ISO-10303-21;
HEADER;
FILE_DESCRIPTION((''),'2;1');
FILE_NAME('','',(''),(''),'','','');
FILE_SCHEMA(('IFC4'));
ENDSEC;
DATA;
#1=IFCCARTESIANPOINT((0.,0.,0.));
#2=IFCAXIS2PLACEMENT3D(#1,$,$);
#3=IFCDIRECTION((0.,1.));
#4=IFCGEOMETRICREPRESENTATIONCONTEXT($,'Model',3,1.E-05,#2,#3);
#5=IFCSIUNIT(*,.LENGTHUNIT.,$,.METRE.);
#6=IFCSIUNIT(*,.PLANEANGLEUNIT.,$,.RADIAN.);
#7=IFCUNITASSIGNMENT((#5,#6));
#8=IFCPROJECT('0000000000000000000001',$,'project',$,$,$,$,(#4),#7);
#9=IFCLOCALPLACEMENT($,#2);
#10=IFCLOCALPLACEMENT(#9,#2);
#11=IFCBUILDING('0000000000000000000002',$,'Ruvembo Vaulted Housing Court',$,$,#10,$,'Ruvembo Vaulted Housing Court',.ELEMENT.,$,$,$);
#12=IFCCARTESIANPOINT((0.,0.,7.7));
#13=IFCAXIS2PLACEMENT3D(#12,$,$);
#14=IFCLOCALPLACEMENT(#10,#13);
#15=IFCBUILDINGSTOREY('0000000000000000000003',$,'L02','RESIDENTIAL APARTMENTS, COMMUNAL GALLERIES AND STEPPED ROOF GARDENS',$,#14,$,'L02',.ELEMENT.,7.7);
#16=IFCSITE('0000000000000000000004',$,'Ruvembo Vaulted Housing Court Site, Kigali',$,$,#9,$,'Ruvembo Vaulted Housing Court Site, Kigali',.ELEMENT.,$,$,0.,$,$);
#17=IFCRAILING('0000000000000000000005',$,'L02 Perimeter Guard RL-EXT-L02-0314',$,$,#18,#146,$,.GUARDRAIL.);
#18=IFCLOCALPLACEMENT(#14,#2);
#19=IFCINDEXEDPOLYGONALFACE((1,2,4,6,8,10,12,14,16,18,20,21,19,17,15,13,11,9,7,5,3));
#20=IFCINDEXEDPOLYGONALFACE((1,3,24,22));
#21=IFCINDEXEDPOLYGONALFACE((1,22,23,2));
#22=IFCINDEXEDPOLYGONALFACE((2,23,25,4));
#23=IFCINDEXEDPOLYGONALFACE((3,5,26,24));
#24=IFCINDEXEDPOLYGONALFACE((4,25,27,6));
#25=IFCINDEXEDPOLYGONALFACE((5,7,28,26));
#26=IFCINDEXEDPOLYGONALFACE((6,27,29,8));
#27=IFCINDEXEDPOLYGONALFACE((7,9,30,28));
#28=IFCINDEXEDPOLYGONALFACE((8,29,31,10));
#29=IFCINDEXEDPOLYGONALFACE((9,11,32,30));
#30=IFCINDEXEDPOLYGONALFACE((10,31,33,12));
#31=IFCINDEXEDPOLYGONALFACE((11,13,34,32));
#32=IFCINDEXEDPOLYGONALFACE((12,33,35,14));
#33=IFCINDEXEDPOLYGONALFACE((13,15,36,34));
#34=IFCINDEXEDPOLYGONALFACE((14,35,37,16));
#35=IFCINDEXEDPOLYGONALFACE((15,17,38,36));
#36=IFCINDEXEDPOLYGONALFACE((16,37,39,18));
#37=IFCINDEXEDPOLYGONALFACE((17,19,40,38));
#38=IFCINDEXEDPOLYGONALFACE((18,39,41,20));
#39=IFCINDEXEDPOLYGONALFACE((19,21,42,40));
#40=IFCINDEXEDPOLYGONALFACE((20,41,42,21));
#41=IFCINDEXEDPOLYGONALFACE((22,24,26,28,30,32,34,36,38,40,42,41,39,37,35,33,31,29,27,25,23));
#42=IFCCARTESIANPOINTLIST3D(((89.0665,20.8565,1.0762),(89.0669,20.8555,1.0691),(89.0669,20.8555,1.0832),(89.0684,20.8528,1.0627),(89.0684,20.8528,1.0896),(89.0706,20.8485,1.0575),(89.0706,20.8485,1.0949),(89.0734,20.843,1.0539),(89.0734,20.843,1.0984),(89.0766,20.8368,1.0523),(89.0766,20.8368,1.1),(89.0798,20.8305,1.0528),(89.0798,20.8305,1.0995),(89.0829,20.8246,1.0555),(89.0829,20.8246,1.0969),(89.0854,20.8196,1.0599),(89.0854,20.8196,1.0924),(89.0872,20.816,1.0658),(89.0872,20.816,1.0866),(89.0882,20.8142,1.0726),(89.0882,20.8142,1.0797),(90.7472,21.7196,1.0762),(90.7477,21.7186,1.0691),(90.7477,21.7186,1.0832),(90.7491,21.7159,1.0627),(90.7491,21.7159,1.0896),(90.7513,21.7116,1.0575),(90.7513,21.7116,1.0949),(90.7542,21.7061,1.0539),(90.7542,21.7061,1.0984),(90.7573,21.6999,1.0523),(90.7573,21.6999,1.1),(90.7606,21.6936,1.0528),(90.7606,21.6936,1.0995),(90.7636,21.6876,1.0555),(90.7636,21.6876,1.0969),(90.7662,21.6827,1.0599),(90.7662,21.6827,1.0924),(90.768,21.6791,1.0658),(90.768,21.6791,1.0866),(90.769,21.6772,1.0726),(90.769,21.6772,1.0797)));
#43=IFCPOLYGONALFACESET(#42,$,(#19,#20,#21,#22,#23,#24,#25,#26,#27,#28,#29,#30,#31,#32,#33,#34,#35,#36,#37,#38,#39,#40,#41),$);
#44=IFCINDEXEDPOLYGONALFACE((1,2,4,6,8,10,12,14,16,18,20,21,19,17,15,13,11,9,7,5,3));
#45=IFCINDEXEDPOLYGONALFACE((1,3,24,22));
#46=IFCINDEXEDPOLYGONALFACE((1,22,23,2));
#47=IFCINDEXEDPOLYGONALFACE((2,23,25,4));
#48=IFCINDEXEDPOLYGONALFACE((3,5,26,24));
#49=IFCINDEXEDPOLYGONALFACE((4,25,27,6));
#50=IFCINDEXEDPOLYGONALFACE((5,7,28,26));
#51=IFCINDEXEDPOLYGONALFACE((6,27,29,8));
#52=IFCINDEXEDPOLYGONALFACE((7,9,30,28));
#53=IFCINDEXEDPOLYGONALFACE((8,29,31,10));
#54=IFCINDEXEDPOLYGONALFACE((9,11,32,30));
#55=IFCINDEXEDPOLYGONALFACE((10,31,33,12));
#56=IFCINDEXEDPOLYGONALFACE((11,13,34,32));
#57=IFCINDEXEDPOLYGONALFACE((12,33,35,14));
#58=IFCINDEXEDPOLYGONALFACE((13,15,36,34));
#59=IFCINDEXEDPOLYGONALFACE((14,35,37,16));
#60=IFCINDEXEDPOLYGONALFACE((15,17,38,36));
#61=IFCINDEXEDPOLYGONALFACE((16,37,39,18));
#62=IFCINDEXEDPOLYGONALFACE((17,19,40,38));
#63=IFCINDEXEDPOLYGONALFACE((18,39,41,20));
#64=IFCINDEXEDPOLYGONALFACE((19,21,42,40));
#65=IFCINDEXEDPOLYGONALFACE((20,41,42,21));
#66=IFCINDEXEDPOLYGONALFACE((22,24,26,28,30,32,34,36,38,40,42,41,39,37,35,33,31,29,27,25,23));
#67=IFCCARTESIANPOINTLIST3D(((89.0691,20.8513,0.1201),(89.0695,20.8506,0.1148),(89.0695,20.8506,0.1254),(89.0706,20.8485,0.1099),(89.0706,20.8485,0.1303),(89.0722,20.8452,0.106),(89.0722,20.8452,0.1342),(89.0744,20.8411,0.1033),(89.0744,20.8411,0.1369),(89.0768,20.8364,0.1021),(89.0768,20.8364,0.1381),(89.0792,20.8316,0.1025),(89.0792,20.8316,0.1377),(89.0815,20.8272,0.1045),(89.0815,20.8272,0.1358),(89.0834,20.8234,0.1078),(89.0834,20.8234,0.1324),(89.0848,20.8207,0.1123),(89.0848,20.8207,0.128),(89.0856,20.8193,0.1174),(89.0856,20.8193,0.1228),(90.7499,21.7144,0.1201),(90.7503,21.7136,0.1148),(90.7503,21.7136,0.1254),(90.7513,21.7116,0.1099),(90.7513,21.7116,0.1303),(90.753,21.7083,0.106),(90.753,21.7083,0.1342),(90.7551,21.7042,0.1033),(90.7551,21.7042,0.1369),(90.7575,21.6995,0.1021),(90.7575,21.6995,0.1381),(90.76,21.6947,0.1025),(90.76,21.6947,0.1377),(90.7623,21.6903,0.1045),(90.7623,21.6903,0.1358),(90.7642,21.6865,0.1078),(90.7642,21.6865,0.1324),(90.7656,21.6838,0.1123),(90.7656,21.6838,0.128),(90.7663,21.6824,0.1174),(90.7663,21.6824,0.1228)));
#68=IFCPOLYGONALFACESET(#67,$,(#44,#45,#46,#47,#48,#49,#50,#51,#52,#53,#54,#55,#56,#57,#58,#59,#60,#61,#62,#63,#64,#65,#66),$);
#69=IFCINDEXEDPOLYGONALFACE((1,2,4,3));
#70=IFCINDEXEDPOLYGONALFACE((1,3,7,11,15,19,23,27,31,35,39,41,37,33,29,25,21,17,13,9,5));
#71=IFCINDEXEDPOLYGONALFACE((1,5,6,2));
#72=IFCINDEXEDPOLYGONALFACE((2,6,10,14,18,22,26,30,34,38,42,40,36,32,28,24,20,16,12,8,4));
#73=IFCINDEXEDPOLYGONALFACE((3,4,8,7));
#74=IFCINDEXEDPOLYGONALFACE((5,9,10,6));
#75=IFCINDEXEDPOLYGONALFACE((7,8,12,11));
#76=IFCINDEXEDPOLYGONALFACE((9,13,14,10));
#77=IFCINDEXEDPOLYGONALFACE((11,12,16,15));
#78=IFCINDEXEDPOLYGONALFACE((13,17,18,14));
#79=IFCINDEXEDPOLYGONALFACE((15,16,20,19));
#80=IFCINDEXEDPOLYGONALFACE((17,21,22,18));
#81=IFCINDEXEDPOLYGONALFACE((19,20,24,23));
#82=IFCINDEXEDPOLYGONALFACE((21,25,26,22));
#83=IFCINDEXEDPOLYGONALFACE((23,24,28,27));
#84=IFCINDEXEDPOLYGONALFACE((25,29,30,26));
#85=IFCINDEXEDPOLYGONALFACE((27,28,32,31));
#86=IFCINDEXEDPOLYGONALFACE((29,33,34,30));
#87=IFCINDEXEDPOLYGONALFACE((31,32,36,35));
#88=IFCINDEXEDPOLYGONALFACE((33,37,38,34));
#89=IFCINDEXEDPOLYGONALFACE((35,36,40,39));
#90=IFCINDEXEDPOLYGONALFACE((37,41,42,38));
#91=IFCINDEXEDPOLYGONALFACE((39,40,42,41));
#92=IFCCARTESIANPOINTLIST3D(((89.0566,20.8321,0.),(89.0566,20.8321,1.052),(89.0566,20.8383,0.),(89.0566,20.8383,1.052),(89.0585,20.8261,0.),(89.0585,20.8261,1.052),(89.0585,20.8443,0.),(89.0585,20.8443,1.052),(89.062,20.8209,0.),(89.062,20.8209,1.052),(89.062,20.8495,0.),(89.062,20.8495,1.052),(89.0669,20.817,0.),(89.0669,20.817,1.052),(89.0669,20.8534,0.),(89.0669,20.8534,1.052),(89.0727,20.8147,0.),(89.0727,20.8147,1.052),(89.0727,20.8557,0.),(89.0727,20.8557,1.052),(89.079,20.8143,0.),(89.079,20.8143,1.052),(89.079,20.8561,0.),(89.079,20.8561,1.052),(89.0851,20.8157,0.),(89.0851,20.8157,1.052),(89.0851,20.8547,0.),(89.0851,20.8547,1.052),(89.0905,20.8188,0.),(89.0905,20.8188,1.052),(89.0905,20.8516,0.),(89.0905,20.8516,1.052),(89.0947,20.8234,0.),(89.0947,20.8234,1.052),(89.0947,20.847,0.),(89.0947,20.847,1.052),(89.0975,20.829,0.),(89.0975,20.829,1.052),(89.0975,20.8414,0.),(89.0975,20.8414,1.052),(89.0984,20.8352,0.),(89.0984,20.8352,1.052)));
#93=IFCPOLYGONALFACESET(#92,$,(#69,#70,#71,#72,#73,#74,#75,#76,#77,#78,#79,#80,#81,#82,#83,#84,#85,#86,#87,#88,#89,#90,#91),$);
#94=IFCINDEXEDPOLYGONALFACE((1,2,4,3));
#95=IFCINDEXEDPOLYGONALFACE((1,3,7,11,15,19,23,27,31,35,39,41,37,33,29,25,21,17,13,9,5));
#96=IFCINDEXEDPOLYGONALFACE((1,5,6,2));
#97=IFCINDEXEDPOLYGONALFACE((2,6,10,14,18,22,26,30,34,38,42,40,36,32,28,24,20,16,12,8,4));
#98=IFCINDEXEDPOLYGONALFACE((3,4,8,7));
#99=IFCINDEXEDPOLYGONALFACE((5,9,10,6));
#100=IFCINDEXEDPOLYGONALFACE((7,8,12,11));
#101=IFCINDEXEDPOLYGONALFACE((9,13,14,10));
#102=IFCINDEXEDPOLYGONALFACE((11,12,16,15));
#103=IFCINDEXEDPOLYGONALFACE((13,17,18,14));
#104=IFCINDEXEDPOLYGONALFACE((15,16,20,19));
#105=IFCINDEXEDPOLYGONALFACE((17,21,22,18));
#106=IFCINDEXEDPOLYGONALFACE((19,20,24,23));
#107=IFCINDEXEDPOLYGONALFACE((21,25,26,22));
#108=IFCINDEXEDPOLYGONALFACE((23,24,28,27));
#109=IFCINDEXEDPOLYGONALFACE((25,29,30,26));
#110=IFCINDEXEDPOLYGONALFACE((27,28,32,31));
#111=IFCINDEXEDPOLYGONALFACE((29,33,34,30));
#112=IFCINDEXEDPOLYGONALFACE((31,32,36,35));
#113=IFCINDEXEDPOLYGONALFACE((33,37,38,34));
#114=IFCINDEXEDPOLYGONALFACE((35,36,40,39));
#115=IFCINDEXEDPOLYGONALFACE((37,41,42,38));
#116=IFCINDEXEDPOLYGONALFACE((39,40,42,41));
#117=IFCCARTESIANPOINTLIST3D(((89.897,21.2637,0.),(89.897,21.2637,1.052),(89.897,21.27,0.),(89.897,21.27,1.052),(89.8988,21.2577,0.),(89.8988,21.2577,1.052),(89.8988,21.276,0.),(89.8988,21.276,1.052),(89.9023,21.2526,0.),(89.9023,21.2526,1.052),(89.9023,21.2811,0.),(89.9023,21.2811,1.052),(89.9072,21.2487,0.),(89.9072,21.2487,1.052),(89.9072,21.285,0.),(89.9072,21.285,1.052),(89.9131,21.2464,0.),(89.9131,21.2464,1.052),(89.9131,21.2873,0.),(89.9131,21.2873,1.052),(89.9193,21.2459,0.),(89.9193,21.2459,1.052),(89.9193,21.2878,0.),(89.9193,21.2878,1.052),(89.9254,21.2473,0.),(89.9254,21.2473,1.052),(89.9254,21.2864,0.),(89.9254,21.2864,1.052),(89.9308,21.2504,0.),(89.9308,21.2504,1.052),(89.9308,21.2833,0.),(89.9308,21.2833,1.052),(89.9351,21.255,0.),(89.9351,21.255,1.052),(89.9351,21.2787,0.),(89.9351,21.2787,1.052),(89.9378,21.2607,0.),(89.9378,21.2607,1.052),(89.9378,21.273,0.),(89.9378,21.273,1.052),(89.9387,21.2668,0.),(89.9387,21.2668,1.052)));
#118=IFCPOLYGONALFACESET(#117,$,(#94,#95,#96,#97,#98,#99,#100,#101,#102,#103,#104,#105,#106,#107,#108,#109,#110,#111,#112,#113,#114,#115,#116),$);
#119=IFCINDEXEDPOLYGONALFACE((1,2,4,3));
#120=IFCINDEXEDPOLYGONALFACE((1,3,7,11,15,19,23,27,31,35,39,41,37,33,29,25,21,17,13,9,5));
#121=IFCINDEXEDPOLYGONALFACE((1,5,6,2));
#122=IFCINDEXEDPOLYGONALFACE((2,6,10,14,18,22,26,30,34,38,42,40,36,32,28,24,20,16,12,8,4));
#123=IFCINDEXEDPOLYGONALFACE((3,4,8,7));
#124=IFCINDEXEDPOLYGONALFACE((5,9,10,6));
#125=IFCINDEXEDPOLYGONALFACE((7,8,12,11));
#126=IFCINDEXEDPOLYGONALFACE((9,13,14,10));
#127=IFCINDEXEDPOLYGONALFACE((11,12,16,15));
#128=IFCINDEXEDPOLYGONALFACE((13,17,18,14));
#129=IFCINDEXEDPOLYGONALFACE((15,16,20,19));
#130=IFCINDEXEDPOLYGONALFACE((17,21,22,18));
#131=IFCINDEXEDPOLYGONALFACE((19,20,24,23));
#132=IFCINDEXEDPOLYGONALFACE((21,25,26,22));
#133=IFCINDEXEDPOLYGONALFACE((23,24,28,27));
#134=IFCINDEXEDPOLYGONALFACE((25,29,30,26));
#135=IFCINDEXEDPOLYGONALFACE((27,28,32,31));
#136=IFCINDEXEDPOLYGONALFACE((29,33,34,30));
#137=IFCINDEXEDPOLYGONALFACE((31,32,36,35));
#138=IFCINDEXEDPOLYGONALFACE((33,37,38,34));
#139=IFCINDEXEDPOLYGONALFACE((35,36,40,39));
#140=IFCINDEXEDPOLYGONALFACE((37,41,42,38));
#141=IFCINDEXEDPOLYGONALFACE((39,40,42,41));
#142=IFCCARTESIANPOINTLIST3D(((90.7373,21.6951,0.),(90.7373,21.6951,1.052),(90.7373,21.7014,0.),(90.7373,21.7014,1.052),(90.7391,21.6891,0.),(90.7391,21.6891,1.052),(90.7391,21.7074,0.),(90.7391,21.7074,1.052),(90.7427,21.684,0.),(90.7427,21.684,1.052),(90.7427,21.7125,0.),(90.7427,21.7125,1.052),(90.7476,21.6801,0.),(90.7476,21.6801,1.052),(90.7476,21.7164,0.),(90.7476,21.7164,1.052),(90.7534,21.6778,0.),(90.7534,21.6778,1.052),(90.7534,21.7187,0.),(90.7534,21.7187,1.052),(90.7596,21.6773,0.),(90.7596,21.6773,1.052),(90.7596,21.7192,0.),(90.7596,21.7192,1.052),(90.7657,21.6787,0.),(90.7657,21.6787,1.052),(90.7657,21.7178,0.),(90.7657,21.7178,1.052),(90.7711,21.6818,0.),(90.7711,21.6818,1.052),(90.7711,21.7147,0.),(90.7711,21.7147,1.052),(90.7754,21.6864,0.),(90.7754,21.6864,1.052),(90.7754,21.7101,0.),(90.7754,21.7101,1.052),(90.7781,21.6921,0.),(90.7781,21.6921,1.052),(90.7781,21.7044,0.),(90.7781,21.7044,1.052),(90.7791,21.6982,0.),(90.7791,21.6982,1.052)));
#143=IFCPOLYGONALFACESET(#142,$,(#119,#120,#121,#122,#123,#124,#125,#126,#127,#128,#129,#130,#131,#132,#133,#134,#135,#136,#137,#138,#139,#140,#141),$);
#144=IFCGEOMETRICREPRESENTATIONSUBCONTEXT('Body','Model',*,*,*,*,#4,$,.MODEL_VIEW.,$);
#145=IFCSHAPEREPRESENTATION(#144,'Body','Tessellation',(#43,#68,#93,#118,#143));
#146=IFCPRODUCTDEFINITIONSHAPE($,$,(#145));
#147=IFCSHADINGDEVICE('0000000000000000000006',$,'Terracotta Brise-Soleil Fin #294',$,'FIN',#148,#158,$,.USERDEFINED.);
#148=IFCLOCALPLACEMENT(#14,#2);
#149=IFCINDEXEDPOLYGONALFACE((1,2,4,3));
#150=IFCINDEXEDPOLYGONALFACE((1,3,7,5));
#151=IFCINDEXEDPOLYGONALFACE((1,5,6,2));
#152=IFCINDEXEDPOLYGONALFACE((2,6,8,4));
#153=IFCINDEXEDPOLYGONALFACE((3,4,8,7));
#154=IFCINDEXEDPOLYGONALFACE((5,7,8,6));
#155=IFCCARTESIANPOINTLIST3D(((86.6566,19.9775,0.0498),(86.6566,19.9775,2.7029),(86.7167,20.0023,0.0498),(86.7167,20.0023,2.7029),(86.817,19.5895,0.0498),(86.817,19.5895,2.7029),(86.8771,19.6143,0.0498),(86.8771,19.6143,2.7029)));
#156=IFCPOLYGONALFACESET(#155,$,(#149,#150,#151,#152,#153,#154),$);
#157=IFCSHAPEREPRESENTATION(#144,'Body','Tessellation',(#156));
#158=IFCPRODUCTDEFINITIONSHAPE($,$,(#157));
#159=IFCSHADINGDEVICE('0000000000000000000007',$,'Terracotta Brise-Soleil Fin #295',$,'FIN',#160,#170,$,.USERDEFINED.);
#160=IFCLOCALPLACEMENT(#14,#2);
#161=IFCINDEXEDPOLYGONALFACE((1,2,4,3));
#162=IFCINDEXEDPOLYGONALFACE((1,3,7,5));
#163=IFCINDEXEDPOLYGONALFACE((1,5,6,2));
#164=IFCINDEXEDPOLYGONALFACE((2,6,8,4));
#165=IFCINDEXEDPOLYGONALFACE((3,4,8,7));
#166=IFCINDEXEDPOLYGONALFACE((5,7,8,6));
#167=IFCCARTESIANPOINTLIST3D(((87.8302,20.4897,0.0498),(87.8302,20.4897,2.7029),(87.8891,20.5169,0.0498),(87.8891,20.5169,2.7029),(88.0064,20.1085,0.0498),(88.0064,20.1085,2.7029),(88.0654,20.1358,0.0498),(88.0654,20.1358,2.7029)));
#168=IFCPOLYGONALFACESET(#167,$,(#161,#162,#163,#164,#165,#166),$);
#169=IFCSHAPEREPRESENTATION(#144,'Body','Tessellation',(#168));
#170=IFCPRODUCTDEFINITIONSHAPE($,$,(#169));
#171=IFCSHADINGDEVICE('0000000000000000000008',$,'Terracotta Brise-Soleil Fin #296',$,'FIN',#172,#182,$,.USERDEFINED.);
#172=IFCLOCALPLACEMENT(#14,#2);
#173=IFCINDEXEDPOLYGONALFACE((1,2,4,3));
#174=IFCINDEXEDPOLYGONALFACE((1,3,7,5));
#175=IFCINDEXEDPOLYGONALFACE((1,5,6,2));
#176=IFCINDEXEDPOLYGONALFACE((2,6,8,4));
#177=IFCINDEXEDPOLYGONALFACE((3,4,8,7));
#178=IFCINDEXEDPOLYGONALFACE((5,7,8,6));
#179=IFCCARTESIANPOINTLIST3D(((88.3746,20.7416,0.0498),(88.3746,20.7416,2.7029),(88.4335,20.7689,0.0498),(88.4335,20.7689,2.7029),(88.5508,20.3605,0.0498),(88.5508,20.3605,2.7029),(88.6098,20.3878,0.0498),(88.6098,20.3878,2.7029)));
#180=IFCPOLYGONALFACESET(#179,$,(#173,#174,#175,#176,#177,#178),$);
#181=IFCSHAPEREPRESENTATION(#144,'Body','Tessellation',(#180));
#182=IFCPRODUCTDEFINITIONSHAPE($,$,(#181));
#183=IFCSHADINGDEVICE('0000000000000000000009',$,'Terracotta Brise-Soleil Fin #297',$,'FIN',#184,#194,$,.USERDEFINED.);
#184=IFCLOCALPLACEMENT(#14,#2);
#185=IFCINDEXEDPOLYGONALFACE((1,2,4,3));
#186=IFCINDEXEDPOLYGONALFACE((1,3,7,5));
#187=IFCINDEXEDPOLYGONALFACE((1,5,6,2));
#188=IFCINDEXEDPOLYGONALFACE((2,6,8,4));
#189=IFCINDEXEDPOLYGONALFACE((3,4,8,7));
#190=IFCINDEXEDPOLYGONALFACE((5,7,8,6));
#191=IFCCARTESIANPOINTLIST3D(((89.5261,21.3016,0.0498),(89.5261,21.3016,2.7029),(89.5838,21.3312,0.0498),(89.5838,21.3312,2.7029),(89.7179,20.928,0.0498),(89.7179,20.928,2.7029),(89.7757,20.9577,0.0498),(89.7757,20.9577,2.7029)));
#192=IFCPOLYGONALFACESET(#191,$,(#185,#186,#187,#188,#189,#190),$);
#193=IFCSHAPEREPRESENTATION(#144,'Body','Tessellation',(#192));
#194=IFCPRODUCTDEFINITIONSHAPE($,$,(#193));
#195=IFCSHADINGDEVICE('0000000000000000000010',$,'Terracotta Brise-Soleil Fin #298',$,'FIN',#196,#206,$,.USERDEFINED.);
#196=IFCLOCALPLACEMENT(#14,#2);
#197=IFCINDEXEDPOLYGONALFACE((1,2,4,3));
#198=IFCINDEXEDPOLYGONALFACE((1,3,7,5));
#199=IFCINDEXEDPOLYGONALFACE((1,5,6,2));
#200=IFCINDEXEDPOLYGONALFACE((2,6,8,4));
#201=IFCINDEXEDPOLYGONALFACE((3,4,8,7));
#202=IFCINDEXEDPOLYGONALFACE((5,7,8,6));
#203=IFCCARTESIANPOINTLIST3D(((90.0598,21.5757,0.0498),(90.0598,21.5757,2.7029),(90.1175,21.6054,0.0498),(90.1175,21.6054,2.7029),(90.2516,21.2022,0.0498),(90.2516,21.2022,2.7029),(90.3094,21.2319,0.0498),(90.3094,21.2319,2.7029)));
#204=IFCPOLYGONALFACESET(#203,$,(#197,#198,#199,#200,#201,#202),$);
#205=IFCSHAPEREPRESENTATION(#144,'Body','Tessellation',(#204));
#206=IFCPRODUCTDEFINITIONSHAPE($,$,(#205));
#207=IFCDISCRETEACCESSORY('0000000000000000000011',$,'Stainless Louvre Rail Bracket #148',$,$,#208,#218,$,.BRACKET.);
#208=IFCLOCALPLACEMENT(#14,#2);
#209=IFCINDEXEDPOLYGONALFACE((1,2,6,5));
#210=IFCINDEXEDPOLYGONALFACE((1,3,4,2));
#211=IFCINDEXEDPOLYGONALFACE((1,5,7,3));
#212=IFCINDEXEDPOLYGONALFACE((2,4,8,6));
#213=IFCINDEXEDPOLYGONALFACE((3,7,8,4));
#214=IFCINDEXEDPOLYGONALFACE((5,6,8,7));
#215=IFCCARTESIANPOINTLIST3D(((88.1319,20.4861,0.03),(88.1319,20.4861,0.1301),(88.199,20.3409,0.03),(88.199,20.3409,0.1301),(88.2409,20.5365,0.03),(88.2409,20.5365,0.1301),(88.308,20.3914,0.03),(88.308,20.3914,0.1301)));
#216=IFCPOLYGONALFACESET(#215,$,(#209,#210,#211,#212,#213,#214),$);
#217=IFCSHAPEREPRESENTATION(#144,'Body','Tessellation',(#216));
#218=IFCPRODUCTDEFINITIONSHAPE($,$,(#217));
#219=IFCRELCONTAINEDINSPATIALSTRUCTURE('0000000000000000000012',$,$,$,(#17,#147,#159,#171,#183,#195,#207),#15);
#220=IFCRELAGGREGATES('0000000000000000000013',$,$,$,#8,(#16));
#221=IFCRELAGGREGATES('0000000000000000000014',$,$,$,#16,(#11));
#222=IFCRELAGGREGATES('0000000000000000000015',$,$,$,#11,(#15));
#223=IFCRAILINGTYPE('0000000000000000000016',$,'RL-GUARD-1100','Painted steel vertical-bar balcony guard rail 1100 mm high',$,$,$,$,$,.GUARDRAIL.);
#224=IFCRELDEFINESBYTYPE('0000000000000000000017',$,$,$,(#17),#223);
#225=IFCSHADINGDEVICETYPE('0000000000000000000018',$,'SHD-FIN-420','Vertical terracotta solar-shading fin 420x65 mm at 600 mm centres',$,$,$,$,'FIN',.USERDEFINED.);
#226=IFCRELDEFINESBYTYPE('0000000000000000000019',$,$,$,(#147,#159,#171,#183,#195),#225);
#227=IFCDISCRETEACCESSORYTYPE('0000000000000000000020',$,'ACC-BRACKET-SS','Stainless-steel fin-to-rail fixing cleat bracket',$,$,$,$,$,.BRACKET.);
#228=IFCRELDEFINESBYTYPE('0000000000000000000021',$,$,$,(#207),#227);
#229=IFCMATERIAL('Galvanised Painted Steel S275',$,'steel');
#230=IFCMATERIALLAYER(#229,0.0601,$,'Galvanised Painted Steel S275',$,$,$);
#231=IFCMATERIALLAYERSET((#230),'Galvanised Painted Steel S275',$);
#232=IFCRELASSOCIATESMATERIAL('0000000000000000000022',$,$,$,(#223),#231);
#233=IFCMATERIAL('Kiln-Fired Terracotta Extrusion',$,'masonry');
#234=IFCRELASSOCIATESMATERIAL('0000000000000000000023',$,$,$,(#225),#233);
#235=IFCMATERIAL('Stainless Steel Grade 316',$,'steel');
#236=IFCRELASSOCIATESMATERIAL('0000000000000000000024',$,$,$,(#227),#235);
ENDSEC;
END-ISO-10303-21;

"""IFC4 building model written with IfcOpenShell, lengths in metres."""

from ifc_helpers import new_model, si_unit, direction, frame, origin, origin_2d, place, context, subcontext, project, spatial, rectangle, circle, extrude, material, layer, layer_set, type_object, element, save


model = new_model("IFC4")

# Units and contexts
model_context = context("Model", 3, precision=1e-05, world=origin(), true_north=direction((0.0, 1.0)))
body_context = subcontext(model_context, "Body", "Model", "MODEL_VIEW")
ifc_project = project(units=[si_unit("LENGTHUNIT", "METRE"), si_unit("PLANEANGLEUNIT", "RADIAN")], contexts=[model_context])

# Site, building, storey
site_placement = place(None, origin())
site = spatial("IfcSite", under=ifc_project, at=site_placement, Name="Ruvembo Vaulted Housing Court Site, Kigali", LongName="Ruvembo Vaulted Housing Court Site, Kigali", CompositionType="ELEMENT", RefElevation=0.0)
building_placement = place(site_placement, origin())
building = spatial("IfcBuilding", under=site, at=building_placement, Name="Ruvembo Vaulted Housing Court", LongName="Ruvembo Vaulted Housing Court", CompositionType="ELEMENT")
storey_placement = place(building_placement, frame((0.0, 0.0, 7.7)))
storey = spatial("IfcBuildingStorey", under=building, at=storey_placement, Name="L02", Description="RESIDENTIAL APARTMENTS, COMMUNAL GALLERIES AND STEPPED ROOF GARDENS", LongName="L02", CompositionType="ELEMENT", Elevation=7.7)

# Railing
ifc_material_1 = material(Name="Galvanised Painted Steel S275", Category="steel")
ifc_layer_1 = layer(ifc_material_1, 0.0601, Name="Galvanised Painted Steel S275")
ifc_layer_set_1 = layer_set([ifc_layer_1], Name="Galvanised Painted Steel S275")
railing_type = type_object("IfcRailingType", Name="RL-GUARD-1100", Description="Painted steel vertical-bar balcony guard rail 1100 mm high", PredefinedType="GUARDRAIL", material=ifc_layer_set_1)
railing_1_placement = place(storey_placement, frame((89.0774, 20.8352, 0.0)))
element("IfcRailing", 1, at=railing_1_placement, inside=storey, type_object=railing_type, Name="L02 Perimeter Guard RL-EXT-L02-0314", PredefinedType="GUARDRAIL", context=body_context, shape_type="SweptSolid", body=[
    extrude(circle(Radius=0.0239, at=origin_2d()), frame((0.0, 0.0, 1.0762), z_axis=(0.889568, 0.456802, 0.0), x_axis=(-0.456802, 0.889568, 0.0)), (0.0, 0.0, 1.0), 1.8894),
    extrude(circle(Radius=0.0181, at=origin_2d()), frame((0.0, 0.0, 0.1201), z_axis=(0.889568, 0.456802, 0.0), x_axis=(-0.456802, 0.889568, 0.0)), (0.0, 0.0, 1.0), 1.8894),
    extrude(circle(Radius=0.021, at=origin_2d()), origin(), (0.0, 0.0, 1.0), 1.052),
    extrude(circle(Radius=0.021, at=origin_2d()), frame((0.8403, 0.4316, 0.0)), (0.0, 0.0, 1.0), 1.052),
    extrude(circle(Radius=0.021, at=origin_2d()), frame((1.6807, 0.863, 0.0)), (0.0, 0.0, 1.0), 1.052),
])

# Shading devices
ifc_material_2 = material(Name="Kiln-Fired Terracotta Extrusion", Category="masonry")
shading_device_type = type_object("IfcShadingDeviceType", Name="SHD-FIN-420", Description="Vertical terracotta solar-shading fin 420x65 mm at 600 mm centres", ElementType="FIN", PredefinedType="USERDEFINED", material=ifc_material_2)
for number, where, z_axis, x_axis, name in (
    (2, (86.7668, 19.7959, 0.0498), (0.0, 0.0, 1.0), (0.381958, -0.92418, 0.0), "Terracotta Brise-Soleil Fin #294"),
    (3, (87.9478, 20.3127, 0.0498), (0.0, 0.0, 1.0), (0.419737, -0.907646, 0.0), "Terracotta Brise-Soleil Fin #295"),
    (4, (88.4922, 20.5647, 0.0498), (0.0, 0.0, 1.0), (0.419737, -0.907646, 0.0), "Terracotta Brise-Soleil Fin #296"),
    (5, (89.6509, 21.1296, 0.0498), (0.0, 0.0, 1.0), (0.45685, -0.889544, 0.0), "Terracotta Brise-Soleil Fin #297"),
    (6, (90.1846, 21.4038, 0.0498), (0.0, 0.0, 1.0), (0.45685, -0.889544, 0.0), "Terracotta Brise-Soleil Fin #298"),
):
    element("IfcShadingDevice", number, at=place(storey_placement, frame(where, z_axis=z_axis, x_axis=x_axis)), inside=storey, type_object=shading_device_type, Name=name, ObjectType="FIN", PredefinedType="USERDEFINED", context=body_context, shape_type="SweptSolid", body=[
        extrude(rectangle(XDim=0.4199, YDim=0.0649, at=origin_2d()), origin(), (0.0, 0.0, 1.0), 2.6531),
    ])

# Discrete accessory
ifc_material_3 = material(Name="Stainless Steel Grade 316", Category="steel")
discrete_accessory_type = type_object("IfcDiscreteAccessoryType", Name="ACC-BRACKET-SS", Description="Stainless-steel fin-to-rail fixing cleat bracket", PredefinedType="BRACKET", material=ifc_material_3)
for number, where, z_axis, x_axis, name in (
    (7, (88.22, 20.4387, 0.03), (0.0, 0.0, 1.0), (0.419737, -0.907646, 0.0), "Stainless Louvre Rail Bracket #148"),
):
    element("IfcDiscreteAccessory", number, at=place(storey_placement, frame(where, z_axis=z_axis, x_axis=x_axis)), inside=storey, type_object=discrete_accessory_type, Name=name, PredefinedType="BRACKET", context=body_context, shape_type="SweptSolid", body=[
        extrude(rectangle(XDim=0.1599, YDim=0.1201, at=origin_2d()), origin(), (0.0, 0.0, 1.0), 0.1001),
    ])

save(model, "model.ifc")
